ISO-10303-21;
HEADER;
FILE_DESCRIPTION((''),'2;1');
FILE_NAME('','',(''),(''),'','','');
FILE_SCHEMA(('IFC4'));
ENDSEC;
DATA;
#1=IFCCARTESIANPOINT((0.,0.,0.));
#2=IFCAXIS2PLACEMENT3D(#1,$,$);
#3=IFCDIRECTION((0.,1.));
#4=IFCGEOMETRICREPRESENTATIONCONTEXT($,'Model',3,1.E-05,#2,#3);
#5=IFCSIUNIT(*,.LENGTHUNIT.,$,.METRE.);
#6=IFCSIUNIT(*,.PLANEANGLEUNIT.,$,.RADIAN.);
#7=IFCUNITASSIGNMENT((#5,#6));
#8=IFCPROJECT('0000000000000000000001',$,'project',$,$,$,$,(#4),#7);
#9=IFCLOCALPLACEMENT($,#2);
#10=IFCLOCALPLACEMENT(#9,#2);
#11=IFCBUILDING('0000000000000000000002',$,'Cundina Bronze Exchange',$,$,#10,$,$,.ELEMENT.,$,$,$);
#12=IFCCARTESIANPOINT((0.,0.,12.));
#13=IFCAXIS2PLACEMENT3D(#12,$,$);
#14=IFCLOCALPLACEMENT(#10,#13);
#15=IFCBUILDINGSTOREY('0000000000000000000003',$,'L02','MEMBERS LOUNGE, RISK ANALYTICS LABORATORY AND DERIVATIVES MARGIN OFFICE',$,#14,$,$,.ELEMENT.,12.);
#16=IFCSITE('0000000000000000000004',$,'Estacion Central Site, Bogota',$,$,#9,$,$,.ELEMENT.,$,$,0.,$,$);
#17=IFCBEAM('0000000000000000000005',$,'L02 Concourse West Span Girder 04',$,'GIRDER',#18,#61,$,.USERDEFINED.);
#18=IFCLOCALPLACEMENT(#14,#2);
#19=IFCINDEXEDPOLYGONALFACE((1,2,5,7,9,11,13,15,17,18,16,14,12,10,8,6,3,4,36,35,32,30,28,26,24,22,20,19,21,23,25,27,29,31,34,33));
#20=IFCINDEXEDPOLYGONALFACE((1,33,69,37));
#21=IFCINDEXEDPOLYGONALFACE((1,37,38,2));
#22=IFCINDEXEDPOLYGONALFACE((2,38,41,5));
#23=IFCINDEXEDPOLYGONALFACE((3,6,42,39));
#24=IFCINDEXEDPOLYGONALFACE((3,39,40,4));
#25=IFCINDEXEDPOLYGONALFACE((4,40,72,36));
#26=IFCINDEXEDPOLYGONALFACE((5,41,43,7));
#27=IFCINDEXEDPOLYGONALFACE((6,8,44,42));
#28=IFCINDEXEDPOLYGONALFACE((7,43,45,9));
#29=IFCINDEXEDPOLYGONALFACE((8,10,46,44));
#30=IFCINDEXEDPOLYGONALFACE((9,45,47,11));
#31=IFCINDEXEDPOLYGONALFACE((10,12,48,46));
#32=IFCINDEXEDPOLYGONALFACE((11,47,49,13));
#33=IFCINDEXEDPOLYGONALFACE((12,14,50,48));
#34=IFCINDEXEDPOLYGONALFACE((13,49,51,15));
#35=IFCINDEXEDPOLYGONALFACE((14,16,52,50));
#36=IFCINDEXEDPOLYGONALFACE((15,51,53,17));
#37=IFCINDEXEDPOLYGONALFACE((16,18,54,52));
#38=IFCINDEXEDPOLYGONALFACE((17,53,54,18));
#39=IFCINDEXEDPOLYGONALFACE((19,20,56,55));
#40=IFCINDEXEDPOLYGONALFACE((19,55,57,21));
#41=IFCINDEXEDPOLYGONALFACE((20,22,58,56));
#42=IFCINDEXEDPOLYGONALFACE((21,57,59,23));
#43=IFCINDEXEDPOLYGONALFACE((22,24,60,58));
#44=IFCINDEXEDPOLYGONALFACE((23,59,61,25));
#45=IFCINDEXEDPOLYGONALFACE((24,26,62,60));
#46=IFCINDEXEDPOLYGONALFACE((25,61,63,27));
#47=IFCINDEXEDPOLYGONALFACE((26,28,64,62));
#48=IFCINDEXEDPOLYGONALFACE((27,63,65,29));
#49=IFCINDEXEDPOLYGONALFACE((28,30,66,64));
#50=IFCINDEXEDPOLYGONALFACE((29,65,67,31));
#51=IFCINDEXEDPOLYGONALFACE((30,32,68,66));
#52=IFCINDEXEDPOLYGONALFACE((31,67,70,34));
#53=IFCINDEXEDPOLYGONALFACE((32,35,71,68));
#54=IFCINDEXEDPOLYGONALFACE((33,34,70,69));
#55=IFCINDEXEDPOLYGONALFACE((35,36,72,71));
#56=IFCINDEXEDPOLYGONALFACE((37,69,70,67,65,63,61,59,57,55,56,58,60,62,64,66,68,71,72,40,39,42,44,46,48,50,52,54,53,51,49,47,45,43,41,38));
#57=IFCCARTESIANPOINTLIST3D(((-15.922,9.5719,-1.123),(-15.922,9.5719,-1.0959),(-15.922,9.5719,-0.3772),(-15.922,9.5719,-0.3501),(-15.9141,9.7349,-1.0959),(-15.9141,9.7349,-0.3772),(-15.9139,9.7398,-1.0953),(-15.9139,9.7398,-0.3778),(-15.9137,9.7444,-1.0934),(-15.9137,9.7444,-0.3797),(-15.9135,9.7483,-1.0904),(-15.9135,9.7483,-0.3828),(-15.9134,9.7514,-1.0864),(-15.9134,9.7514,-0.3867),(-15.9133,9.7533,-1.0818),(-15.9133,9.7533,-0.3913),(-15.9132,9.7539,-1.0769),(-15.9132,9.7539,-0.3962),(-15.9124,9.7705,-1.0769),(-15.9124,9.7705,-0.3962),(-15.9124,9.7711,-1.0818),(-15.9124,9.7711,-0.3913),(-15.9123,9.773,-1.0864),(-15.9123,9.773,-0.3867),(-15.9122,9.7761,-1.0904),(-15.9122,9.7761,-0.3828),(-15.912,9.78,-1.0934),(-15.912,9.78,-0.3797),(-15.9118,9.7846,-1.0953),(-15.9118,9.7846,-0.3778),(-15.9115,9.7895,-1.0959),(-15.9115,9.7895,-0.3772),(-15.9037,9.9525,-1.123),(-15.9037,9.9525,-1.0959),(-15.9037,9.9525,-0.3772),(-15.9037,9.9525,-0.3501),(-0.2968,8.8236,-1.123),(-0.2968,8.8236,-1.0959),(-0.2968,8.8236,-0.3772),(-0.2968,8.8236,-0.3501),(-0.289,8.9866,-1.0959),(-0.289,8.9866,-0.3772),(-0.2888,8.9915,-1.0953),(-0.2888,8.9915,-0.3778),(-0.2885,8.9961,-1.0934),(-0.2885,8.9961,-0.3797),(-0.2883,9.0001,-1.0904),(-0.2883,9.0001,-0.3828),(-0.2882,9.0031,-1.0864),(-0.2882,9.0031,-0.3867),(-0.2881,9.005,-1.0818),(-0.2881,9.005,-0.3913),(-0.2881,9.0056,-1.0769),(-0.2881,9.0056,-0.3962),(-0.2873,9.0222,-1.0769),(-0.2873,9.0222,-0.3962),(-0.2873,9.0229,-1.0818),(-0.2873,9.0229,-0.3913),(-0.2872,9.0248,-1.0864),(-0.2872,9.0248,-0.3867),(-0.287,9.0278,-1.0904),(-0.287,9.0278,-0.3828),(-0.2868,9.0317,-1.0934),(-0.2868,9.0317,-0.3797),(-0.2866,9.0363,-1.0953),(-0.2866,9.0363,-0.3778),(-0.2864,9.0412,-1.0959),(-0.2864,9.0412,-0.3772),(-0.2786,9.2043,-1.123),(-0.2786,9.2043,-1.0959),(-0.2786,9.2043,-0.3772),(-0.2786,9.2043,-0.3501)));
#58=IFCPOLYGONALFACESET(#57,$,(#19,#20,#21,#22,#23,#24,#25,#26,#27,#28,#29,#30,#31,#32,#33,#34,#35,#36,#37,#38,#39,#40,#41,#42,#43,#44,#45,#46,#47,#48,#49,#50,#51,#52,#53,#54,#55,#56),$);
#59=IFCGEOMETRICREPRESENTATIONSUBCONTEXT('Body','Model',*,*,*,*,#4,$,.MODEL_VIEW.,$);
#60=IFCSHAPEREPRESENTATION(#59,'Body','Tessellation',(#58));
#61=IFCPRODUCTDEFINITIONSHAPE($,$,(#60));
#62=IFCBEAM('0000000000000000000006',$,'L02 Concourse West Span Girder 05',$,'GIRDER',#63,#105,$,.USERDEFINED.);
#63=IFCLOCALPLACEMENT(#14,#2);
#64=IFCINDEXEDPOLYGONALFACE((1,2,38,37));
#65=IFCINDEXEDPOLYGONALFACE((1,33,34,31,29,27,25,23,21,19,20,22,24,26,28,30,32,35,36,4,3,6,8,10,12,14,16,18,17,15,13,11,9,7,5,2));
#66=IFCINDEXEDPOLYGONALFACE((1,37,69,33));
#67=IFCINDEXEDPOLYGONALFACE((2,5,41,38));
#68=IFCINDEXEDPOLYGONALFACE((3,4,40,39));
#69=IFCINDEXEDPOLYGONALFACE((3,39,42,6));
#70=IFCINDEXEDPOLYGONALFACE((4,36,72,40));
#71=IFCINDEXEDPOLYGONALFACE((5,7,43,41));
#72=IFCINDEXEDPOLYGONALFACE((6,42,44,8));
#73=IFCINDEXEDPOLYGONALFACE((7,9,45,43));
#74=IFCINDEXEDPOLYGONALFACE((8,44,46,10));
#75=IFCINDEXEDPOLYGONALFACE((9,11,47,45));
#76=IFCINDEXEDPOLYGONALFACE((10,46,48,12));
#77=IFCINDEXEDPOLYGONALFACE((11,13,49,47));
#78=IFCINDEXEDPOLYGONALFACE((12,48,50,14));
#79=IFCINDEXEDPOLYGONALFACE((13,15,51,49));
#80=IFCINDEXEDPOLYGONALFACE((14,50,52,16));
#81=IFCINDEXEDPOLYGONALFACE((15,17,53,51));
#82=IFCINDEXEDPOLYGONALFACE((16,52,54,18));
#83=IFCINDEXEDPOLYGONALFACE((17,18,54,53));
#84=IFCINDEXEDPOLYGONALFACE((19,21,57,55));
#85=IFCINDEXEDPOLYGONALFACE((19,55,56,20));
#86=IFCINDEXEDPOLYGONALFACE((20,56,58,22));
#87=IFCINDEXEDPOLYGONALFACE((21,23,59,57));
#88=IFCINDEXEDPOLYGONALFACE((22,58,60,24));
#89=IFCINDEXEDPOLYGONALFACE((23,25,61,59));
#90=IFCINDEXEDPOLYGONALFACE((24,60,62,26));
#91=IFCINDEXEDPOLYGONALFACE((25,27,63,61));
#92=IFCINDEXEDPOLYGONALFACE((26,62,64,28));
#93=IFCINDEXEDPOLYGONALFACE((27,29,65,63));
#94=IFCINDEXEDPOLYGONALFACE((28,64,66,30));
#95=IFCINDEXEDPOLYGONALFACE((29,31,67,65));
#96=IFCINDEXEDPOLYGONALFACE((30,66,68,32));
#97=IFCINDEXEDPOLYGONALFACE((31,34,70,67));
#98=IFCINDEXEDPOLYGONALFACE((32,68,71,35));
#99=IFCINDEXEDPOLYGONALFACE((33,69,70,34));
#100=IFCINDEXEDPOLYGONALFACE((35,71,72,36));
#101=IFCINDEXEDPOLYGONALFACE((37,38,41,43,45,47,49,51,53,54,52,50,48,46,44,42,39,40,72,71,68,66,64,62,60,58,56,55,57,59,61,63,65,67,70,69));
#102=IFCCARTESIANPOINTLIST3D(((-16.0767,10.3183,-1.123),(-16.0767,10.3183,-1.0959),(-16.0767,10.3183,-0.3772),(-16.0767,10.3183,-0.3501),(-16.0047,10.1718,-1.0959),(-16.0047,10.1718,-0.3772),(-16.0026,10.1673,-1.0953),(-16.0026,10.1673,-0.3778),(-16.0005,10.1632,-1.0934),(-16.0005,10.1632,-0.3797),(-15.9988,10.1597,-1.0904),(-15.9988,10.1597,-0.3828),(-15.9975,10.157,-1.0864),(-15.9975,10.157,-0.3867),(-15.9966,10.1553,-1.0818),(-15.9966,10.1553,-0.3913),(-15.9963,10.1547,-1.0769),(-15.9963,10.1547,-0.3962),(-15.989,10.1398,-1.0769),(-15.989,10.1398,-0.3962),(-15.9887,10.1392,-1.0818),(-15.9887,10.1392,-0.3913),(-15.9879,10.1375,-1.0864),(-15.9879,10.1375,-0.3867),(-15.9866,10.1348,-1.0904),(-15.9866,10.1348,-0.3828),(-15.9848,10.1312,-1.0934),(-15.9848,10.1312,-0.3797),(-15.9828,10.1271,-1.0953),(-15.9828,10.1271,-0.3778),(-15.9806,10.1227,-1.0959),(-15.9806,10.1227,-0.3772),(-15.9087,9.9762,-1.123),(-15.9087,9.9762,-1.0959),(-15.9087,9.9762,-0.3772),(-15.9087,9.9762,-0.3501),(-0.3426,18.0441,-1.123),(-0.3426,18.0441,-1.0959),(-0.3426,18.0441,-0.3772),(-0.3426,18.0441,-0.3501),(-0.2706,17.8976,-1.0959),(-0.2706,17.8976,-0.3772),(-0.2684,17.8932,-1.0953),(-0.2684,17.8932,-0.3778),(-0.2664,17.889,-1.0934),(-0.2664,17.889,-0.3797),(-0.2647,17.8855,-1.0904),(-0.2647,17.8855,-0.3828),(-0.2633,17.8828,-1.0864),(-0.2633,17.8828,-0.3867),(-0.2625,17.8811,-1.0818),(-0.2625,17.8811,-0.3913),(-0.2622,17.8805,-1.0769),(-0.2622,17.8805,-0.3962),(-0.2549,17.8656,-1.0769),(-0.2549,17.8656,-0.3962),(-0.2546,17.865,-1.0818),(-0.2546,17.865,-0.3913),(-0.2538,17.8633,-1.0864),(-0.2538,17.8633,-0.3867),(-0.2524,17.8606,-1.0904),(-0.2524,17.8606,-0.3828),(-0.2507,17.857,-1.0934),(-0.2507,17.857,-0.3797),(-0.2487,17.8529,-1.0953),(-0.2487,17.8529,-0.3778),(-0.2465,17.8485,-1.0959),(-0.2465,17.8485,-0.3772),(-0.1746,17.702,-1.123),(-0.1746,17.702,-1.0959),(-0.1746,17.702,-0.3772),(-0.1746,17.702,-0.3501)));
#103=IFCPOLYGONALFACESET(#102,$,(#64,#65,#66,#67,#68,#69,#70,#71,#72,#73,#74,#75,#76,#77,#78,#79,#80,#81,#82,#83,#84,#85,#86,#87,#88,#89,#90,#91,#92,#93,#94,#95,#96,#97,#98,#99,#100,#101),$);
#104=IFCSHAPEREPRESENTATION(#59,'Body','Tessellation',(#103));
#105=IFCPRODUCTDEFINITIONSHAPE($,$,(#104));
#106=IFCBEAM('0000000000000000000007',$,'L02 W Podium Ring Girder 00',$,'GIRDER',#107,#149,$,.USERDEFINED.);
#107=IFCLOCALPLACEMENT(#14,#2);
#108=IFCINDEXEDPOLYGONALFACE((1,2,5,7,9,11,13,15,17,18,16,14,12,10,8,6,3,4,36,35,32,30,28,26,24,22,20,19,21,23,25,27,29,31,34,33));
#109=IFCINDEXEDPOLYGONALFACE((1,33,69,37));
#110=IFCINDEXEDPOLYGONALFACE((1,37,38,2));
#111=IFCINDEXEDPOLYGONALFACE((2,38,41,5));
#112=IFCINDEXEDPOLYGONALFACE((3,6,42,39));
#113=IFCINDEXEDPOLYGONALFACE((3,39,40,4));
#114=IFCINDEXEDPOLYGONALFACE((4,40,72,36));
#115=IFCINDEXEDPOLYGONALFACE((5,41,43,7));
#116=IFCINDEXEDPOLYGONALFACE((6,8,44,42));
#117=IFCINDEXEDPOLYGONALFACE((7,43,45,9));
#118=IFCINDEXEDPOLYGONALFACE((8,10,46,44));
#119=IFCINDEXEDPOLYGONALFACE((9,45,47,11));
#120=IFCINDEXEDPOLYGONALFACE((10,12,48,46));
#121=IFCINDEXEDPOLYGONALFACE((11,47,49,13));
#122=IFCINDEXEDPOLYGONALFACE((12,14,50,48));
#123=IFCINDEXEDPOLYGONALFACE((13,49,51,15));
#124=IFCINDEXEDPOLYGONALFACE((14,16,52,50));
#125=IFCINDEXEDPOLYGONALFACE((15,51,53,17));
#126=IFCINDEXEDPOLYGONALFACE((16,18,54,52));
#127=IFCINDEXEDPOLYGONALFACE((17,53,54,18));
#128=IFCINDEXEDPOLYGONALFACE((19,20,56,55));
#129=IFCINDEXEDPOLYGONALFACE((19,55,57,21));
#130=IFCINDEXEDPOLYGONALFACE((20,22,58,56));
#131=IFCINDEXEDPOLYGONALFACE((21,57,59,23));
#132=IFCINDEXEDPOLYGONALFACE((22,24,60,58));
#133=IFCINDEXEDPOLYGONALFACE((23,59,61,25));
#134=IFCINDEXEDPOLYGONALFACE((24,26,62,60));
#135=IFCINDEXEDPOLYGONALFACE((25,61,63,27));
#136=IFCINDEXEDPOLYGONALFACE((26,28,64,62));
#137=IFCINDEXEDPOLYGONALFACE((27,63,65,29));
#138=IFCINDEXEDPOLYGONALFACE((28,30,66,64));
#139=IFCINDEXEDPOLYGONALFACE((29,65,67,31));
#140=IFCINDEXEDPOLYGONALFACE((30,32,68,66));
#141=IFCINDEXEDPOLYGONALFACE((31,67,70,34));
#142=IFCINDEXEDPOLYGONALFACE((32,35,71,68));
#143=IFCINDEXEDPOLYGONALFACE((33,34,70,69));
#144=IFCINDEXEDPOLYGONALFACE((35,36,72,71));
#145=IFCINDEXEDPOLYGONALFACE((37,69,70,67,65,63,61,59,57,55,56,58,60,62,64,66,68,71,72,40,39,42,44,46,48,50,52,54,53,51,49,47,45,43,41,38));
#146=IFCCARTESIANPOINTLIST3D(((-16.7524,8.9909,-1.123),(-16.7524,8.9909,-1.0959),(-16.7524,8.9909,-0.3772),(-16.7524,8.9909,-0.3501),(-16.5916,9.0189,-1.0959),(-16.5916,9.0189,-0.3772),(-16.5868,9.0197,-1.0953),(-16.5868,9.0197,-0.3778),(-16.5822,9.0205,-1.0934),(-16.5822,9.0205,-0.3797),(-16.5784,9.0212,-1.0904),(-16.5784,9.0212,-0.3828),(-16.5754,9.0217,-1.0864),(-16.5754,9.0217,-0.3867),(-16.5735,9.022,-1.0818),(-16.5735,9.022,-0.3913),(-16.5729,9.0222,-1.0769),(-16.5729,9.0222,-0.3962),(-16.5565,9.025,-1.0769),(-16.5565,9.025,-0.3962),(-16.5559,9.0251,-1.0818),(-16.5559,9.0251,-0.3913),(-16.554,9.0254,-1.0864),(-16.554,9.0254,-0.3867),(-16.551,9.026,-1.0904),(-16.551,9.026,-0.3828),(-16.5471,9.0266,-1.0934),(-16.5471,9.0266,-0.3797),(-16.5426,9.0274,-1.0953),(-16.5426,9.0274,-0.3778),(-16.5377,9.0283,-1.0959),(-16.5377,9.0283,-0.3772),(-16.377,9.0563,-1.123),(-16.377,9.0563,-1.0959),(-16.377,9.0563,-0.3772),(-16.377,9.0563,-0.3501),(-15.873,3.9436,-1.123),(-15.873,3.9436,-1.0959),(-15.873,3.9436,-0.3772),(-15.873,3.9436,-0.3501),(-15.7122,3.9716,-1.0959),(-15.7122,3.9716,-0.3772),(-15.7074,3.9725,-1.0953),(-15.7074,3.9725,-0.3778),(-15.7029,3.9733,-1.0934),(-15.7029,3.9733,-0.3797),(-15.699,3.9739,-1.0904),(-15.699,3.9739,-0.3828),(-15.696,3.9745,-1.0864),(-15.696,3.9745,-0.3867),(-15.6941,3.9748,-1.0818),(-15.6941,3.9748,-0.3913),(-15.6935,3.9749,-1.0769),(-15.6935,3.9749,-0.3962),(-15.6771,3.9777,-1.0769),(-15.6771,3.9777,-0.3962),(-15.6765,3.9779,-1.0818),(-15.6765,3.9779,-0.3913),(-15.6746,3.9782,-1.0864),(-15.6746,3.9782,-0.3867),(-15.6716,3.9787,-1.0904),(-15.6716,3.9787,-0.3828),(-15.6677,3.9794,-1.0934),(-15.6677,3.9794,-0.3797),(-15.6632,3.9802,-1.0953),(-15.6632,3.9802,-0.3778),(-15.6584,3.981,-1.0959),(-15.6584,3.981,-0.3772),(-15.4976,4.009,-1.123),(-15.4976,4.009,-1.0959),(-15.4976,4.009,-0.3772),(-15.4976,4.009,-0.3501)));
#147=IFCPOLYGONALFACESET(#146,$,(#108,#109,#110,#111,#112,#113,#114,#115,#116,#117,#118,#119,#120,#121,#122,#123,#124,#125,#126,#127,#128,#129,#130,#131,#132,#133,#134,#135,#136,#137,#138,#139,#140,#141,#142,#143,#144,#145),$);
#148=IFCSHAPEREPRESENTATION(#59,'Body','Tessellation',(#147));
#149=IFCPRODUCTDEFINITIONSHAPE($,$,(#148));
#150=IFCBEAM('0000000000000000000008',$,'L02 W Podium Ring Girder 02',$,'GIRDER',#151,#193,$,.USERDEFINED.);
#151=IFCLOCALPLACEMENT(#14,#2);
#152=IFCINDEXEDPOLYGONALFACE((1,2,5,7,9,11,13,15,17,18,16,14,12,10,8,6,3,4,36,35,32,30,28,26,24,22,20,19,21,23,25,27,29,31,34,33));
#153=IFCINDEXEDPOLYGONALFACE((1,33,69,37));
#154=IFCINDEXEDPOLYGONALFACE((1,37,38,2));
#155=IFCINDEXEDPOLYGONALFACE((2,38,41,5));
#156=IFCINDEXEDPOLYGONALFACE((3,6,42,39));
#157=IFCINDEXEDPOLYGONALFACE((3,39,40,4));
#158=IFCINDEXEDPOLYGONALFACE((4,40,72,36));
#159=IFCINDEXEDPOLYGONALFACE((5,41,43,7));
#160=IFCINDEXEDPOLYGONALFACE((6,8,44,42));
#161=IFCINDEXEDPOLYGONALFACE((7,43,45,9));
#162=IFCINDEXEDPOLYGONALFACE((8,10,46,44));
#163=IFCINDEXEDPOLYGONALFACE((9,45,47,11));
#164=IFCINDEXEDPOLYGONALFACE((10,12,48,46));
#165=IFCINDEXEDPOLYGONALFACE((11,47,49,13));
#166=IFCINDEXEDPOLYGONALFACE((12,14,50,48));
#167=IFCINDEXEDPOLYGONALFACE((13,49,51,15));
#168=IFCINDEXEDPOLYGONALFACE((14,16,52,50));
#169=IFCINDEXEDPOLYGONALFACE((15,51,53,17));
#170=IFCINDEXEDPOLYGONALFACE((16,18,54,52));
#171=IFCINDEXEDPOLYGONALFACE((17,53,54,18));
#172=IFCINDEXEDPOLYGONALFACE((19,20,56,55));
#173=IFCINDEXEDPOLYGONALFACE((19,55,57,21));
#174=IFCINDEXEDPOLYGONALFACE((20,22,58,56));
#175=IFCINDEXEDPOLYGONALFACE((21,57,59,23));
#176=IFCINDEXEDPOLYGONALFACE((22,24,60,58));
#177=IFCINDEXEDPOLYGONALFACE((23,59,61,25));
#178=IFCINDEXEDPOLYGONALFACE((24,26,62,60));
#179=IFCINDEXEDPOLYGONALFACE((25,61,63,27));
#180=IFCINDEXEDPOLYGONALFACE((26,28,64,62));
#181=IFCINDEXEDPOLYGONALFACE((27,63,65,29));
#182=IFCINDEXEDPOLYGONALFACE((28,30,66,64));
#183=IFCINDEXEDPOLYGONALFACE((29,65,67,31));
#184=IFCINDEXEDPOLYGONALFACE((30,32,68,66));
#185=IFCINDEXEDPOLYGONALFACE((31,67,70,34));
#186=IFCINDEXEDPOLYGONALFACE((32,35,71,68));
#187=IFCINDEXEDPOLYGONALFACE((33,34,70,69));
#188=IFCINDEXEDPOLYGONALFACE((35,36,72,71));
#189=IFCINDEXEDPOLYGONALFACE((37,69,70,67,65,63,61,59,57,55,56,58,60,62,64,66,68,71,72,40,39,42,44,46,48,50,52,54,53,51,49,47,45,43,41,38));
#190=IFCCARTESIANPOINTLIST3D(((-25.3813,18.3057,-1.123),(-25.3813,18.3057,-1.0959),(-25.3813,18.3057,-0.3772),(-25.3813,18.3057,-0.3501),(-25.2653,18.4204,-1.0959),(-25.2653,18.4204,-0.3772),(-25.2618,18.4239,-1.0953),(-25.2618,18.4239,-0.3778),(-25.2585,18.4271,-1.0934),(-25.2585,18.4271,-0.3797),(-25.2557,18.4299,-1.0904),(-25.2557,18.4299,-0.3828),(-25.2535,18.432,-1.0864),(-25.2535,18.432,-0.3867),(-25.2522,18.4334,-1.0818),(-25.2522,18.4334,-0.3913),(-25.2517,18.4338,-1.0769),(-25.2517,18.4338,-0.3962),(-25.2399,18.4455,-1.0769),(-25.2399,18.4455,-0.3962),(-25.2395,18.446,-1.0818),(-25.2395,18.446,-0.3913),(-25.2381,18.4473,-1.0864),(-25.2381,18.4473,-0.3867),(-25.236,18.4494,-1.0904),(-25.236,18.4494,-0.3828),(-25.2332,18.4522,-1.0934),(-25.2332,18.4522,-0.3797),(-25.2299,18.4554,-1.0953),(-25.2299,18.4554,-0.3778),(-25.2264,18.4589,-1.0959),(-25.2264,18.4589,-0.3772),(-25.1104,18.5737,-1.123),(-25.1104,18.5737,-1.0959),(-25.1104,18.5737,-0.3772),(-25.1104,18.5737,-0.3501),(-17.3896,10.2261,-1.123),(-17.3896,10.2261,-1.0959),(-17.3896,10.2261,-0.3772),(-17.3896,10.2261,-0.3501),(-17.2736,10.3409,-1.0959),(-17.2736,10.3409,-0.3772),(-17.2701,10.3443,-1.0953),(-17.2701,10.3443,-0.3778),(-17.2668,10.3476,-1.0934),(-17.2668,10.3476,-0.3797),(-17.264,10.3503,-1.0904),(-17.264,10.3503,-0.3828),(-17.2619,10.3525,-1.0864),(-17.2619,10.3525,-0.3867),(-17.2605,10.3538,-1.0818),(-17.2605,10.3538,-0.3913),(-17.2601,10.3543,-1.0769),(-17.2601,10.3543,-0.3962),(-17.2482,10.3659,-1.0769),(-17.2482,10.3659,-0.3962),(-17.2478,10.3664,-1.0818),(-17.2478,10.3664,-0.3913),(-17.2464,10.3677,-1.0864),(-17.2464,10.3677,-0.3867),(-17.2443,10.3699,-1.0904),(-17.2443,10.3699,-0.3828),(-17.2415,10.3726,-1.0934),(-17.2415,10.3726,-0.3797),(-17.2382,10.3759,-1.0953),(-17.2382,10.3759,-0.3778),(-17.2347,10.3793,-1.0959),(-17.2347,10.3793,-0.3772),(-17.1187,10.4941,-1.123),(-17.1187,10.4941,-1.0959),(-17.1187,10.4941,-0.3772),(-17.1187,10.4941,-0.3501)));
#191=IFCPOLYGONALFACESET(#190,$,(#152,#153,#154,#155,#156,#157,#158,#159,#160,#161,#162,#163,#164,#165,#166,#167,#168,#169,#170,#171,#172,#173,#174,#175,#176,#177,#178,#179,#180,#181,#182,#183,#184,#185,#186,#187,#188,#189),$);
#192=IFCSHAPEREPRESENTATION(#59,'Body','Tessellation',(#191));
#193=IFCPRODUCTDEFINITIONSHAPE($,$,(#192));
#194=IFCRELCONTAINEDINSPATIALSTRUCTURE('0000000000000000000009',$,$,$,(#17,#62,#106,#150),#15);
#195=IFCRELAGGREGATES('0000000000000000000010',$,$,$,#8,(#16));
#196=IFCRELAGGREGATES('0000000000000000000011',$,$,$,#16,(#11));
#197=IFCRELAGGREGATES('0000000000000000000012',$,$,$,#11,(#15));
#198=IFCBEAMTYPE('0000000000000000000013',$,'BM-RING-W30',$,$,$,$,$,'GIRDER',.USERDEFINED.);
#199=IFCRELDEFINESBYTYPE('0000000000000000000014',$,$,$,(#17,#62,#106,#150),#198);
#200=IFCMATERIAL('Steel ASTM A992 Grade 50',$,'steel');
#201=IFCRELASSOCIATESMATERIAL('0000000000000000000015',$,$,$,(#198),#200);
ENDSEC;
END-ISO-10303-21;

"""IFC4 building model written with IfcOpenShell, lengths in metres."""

from ifc_helpers import new_model, si_unit, direction, frame, origin, origin_2d, place, context, subcontext, project, spatial, i_section, extrude, material, material_profile, profile_set, type_object, element, save


model = new_model("IFC4")

# Units and contexts
model_context = context("Model", 3, precision=1e-05, world=origin(), true_north=direction((0.0, 1.0)))
body_context = subcontext(model_context, "Body", "Model", "MODEL_VIEW")
ifc_project = project(units=[si_unit("LENGTHUNIT", "METRE"), si_unit("PLANEANGLEUNIT", "RADIAN")], contexts=[model_context])

# Site, building, storey
site_placement = place(None, origin())
site = spatial("IfcSite", under=ifc_project, at=site_placement, Name="Estacion Central Site, Bogota", CompositionType="ELEMENT", RefElevation=0.0)
building_placement = place(site_placement, origin())
building = spatial("IfcBuilding", under=site, at=building_placement, Name="Cundina Bronze Exchange", CompositionType="ELEMENT")
storey_placement = place(building_placement, frame((0.0, 0.0, 12.0)))
storey = spatial("IfcBuildingStorey", under=building, at=storey_placement, Name="L02", Description="MEMBERS LOUNGE, RISK ANALYTICS LABORATORY AND DERIVATIVES MARGIN OFFICE", CompositionType="ELEMENT", Elevation=12.0)

# Beams
ifc_material_1 = material(Name="Steel ASTM A992 Grade 50", Category="steel")
ifc_material_profile_1 = material_profile(ifc_material_1, i_section(OverallWidth=0.3811, OverallDepth=0.7729, WebThickness=0.0166, FlangeThickness=0.0271, FilletRadius=0.019, at=origin_2d()), Name="W30X173", Category="steel")
ifc_profile_set_1 = profile_set([ifc_material_profile_1], Name="Steel ASTM A992 Grade 50")
beam_type_1 = type_object("IfcBeamType", Name="BM-RING-W30", ElementType="GIRDER", PredefinedType="USERDEFINED", material=ifc_profile_set_1)
beam_1_placement = place(storey_placement, frame((-15.9128, 9.7622, -0.7366), z_axis=(0.998855, -0.047835, 0.0), x_axis=(0.047835, 0.998855, 0.0)))
element("IfcBeam", 1, at=beam_1_placement, inside=storey, type_object=beam_type_1, Name="L02 Concourse West Span Girder 04", ObjectType="GIRDER", PredefinedType="USERDEFINED", context=body_context, shape_type="SweptSolid", body=[
    extrude(i_section(OverallWidth=0.3811, OverallDepth=0.7729, WebThickness=0.0166, FlangeThickness=0.0271, FilletRadius=0.019, at=origin_2d()), origin(), (0.0, 0.0, 1.0), 15.6431),
])
beam_2_placement = place(storey_placement, frame((-15.9927, 10.1472, -0.7366), z_axis=(0.897627, 0.440756, 0.0), x_axis=(-0.440756, 0.897627, 0.0)))
element("IfcBeam", 2, at=beam_2_placement, inside=storey, type_object=beam_type_1, Name="L02 Concourse West Span Girder 05", ObjectType="GIRDER", PredefinedType="USERDEFINED", context=body_context, shape_type="SweptSolid", body=[
    extrude(i_section(OverallWidth=0.3811, OverallDepth=0.7729, WebThickness=0.0166, FlangeThickness=0.0271, FilletRadius=0.019, at=origin_2d()), origin(), (0.0, 0.0, 1.0), 17.5286),
])
beam_3_placement = place(storey_placement, frame((-15.6853, 3.9763, -0.7366), z_axis=(-0.171643, 0.985159, 0.0), x_axis=(-0.985159, -0.171643, 0.0)))
element("IfcBeam", 3, at=beam_3_placement, inside=storey, type_object=beam_type_1, Name="L02 W Podium Ring Girder 00", ObjectType="GIRDER", PredefinedType="USERDEFINED", context=body_context, shape_type="SweptSolid", body=[
    extrude(i_section(OverallWidth=0.3811, OverallDepth=0.7729, WebThickness=0.0166, FlangeThickness=0.0271, FilletRadius=0.019, at=origin_2d()), origin(), (0.0, 0.0, 1.0), 5.1233),
])
beam_4_placement = place(storey_placement, frame((-17.2542, 10.3601, -0.7366), z_axis=(-0.703229, 0.710963, 0.0), x_axis=(-0.710963, -0.703229, 0.0)))
element("IfcBeam", 4, at=beam_4_placement, inside=storey, type_object=beam_type_1, Name="L02 W Podium Ring Girder 02", ObjectType="GIRDER", PredefinedType="USERDEFINED", context=body_context, shape_type="SweptSolid", body=[
    extrude(i_section(OverallWidth=0.3811, OverallDepth=0.7729, WebThickness=0.0166, FlangeThickness=0.0271, FilletRadius=0.019, at=origin_2d()), origin(), (0.0, 0.0, 1.0), 11.3643),
])

save(model, "model.ifc")
